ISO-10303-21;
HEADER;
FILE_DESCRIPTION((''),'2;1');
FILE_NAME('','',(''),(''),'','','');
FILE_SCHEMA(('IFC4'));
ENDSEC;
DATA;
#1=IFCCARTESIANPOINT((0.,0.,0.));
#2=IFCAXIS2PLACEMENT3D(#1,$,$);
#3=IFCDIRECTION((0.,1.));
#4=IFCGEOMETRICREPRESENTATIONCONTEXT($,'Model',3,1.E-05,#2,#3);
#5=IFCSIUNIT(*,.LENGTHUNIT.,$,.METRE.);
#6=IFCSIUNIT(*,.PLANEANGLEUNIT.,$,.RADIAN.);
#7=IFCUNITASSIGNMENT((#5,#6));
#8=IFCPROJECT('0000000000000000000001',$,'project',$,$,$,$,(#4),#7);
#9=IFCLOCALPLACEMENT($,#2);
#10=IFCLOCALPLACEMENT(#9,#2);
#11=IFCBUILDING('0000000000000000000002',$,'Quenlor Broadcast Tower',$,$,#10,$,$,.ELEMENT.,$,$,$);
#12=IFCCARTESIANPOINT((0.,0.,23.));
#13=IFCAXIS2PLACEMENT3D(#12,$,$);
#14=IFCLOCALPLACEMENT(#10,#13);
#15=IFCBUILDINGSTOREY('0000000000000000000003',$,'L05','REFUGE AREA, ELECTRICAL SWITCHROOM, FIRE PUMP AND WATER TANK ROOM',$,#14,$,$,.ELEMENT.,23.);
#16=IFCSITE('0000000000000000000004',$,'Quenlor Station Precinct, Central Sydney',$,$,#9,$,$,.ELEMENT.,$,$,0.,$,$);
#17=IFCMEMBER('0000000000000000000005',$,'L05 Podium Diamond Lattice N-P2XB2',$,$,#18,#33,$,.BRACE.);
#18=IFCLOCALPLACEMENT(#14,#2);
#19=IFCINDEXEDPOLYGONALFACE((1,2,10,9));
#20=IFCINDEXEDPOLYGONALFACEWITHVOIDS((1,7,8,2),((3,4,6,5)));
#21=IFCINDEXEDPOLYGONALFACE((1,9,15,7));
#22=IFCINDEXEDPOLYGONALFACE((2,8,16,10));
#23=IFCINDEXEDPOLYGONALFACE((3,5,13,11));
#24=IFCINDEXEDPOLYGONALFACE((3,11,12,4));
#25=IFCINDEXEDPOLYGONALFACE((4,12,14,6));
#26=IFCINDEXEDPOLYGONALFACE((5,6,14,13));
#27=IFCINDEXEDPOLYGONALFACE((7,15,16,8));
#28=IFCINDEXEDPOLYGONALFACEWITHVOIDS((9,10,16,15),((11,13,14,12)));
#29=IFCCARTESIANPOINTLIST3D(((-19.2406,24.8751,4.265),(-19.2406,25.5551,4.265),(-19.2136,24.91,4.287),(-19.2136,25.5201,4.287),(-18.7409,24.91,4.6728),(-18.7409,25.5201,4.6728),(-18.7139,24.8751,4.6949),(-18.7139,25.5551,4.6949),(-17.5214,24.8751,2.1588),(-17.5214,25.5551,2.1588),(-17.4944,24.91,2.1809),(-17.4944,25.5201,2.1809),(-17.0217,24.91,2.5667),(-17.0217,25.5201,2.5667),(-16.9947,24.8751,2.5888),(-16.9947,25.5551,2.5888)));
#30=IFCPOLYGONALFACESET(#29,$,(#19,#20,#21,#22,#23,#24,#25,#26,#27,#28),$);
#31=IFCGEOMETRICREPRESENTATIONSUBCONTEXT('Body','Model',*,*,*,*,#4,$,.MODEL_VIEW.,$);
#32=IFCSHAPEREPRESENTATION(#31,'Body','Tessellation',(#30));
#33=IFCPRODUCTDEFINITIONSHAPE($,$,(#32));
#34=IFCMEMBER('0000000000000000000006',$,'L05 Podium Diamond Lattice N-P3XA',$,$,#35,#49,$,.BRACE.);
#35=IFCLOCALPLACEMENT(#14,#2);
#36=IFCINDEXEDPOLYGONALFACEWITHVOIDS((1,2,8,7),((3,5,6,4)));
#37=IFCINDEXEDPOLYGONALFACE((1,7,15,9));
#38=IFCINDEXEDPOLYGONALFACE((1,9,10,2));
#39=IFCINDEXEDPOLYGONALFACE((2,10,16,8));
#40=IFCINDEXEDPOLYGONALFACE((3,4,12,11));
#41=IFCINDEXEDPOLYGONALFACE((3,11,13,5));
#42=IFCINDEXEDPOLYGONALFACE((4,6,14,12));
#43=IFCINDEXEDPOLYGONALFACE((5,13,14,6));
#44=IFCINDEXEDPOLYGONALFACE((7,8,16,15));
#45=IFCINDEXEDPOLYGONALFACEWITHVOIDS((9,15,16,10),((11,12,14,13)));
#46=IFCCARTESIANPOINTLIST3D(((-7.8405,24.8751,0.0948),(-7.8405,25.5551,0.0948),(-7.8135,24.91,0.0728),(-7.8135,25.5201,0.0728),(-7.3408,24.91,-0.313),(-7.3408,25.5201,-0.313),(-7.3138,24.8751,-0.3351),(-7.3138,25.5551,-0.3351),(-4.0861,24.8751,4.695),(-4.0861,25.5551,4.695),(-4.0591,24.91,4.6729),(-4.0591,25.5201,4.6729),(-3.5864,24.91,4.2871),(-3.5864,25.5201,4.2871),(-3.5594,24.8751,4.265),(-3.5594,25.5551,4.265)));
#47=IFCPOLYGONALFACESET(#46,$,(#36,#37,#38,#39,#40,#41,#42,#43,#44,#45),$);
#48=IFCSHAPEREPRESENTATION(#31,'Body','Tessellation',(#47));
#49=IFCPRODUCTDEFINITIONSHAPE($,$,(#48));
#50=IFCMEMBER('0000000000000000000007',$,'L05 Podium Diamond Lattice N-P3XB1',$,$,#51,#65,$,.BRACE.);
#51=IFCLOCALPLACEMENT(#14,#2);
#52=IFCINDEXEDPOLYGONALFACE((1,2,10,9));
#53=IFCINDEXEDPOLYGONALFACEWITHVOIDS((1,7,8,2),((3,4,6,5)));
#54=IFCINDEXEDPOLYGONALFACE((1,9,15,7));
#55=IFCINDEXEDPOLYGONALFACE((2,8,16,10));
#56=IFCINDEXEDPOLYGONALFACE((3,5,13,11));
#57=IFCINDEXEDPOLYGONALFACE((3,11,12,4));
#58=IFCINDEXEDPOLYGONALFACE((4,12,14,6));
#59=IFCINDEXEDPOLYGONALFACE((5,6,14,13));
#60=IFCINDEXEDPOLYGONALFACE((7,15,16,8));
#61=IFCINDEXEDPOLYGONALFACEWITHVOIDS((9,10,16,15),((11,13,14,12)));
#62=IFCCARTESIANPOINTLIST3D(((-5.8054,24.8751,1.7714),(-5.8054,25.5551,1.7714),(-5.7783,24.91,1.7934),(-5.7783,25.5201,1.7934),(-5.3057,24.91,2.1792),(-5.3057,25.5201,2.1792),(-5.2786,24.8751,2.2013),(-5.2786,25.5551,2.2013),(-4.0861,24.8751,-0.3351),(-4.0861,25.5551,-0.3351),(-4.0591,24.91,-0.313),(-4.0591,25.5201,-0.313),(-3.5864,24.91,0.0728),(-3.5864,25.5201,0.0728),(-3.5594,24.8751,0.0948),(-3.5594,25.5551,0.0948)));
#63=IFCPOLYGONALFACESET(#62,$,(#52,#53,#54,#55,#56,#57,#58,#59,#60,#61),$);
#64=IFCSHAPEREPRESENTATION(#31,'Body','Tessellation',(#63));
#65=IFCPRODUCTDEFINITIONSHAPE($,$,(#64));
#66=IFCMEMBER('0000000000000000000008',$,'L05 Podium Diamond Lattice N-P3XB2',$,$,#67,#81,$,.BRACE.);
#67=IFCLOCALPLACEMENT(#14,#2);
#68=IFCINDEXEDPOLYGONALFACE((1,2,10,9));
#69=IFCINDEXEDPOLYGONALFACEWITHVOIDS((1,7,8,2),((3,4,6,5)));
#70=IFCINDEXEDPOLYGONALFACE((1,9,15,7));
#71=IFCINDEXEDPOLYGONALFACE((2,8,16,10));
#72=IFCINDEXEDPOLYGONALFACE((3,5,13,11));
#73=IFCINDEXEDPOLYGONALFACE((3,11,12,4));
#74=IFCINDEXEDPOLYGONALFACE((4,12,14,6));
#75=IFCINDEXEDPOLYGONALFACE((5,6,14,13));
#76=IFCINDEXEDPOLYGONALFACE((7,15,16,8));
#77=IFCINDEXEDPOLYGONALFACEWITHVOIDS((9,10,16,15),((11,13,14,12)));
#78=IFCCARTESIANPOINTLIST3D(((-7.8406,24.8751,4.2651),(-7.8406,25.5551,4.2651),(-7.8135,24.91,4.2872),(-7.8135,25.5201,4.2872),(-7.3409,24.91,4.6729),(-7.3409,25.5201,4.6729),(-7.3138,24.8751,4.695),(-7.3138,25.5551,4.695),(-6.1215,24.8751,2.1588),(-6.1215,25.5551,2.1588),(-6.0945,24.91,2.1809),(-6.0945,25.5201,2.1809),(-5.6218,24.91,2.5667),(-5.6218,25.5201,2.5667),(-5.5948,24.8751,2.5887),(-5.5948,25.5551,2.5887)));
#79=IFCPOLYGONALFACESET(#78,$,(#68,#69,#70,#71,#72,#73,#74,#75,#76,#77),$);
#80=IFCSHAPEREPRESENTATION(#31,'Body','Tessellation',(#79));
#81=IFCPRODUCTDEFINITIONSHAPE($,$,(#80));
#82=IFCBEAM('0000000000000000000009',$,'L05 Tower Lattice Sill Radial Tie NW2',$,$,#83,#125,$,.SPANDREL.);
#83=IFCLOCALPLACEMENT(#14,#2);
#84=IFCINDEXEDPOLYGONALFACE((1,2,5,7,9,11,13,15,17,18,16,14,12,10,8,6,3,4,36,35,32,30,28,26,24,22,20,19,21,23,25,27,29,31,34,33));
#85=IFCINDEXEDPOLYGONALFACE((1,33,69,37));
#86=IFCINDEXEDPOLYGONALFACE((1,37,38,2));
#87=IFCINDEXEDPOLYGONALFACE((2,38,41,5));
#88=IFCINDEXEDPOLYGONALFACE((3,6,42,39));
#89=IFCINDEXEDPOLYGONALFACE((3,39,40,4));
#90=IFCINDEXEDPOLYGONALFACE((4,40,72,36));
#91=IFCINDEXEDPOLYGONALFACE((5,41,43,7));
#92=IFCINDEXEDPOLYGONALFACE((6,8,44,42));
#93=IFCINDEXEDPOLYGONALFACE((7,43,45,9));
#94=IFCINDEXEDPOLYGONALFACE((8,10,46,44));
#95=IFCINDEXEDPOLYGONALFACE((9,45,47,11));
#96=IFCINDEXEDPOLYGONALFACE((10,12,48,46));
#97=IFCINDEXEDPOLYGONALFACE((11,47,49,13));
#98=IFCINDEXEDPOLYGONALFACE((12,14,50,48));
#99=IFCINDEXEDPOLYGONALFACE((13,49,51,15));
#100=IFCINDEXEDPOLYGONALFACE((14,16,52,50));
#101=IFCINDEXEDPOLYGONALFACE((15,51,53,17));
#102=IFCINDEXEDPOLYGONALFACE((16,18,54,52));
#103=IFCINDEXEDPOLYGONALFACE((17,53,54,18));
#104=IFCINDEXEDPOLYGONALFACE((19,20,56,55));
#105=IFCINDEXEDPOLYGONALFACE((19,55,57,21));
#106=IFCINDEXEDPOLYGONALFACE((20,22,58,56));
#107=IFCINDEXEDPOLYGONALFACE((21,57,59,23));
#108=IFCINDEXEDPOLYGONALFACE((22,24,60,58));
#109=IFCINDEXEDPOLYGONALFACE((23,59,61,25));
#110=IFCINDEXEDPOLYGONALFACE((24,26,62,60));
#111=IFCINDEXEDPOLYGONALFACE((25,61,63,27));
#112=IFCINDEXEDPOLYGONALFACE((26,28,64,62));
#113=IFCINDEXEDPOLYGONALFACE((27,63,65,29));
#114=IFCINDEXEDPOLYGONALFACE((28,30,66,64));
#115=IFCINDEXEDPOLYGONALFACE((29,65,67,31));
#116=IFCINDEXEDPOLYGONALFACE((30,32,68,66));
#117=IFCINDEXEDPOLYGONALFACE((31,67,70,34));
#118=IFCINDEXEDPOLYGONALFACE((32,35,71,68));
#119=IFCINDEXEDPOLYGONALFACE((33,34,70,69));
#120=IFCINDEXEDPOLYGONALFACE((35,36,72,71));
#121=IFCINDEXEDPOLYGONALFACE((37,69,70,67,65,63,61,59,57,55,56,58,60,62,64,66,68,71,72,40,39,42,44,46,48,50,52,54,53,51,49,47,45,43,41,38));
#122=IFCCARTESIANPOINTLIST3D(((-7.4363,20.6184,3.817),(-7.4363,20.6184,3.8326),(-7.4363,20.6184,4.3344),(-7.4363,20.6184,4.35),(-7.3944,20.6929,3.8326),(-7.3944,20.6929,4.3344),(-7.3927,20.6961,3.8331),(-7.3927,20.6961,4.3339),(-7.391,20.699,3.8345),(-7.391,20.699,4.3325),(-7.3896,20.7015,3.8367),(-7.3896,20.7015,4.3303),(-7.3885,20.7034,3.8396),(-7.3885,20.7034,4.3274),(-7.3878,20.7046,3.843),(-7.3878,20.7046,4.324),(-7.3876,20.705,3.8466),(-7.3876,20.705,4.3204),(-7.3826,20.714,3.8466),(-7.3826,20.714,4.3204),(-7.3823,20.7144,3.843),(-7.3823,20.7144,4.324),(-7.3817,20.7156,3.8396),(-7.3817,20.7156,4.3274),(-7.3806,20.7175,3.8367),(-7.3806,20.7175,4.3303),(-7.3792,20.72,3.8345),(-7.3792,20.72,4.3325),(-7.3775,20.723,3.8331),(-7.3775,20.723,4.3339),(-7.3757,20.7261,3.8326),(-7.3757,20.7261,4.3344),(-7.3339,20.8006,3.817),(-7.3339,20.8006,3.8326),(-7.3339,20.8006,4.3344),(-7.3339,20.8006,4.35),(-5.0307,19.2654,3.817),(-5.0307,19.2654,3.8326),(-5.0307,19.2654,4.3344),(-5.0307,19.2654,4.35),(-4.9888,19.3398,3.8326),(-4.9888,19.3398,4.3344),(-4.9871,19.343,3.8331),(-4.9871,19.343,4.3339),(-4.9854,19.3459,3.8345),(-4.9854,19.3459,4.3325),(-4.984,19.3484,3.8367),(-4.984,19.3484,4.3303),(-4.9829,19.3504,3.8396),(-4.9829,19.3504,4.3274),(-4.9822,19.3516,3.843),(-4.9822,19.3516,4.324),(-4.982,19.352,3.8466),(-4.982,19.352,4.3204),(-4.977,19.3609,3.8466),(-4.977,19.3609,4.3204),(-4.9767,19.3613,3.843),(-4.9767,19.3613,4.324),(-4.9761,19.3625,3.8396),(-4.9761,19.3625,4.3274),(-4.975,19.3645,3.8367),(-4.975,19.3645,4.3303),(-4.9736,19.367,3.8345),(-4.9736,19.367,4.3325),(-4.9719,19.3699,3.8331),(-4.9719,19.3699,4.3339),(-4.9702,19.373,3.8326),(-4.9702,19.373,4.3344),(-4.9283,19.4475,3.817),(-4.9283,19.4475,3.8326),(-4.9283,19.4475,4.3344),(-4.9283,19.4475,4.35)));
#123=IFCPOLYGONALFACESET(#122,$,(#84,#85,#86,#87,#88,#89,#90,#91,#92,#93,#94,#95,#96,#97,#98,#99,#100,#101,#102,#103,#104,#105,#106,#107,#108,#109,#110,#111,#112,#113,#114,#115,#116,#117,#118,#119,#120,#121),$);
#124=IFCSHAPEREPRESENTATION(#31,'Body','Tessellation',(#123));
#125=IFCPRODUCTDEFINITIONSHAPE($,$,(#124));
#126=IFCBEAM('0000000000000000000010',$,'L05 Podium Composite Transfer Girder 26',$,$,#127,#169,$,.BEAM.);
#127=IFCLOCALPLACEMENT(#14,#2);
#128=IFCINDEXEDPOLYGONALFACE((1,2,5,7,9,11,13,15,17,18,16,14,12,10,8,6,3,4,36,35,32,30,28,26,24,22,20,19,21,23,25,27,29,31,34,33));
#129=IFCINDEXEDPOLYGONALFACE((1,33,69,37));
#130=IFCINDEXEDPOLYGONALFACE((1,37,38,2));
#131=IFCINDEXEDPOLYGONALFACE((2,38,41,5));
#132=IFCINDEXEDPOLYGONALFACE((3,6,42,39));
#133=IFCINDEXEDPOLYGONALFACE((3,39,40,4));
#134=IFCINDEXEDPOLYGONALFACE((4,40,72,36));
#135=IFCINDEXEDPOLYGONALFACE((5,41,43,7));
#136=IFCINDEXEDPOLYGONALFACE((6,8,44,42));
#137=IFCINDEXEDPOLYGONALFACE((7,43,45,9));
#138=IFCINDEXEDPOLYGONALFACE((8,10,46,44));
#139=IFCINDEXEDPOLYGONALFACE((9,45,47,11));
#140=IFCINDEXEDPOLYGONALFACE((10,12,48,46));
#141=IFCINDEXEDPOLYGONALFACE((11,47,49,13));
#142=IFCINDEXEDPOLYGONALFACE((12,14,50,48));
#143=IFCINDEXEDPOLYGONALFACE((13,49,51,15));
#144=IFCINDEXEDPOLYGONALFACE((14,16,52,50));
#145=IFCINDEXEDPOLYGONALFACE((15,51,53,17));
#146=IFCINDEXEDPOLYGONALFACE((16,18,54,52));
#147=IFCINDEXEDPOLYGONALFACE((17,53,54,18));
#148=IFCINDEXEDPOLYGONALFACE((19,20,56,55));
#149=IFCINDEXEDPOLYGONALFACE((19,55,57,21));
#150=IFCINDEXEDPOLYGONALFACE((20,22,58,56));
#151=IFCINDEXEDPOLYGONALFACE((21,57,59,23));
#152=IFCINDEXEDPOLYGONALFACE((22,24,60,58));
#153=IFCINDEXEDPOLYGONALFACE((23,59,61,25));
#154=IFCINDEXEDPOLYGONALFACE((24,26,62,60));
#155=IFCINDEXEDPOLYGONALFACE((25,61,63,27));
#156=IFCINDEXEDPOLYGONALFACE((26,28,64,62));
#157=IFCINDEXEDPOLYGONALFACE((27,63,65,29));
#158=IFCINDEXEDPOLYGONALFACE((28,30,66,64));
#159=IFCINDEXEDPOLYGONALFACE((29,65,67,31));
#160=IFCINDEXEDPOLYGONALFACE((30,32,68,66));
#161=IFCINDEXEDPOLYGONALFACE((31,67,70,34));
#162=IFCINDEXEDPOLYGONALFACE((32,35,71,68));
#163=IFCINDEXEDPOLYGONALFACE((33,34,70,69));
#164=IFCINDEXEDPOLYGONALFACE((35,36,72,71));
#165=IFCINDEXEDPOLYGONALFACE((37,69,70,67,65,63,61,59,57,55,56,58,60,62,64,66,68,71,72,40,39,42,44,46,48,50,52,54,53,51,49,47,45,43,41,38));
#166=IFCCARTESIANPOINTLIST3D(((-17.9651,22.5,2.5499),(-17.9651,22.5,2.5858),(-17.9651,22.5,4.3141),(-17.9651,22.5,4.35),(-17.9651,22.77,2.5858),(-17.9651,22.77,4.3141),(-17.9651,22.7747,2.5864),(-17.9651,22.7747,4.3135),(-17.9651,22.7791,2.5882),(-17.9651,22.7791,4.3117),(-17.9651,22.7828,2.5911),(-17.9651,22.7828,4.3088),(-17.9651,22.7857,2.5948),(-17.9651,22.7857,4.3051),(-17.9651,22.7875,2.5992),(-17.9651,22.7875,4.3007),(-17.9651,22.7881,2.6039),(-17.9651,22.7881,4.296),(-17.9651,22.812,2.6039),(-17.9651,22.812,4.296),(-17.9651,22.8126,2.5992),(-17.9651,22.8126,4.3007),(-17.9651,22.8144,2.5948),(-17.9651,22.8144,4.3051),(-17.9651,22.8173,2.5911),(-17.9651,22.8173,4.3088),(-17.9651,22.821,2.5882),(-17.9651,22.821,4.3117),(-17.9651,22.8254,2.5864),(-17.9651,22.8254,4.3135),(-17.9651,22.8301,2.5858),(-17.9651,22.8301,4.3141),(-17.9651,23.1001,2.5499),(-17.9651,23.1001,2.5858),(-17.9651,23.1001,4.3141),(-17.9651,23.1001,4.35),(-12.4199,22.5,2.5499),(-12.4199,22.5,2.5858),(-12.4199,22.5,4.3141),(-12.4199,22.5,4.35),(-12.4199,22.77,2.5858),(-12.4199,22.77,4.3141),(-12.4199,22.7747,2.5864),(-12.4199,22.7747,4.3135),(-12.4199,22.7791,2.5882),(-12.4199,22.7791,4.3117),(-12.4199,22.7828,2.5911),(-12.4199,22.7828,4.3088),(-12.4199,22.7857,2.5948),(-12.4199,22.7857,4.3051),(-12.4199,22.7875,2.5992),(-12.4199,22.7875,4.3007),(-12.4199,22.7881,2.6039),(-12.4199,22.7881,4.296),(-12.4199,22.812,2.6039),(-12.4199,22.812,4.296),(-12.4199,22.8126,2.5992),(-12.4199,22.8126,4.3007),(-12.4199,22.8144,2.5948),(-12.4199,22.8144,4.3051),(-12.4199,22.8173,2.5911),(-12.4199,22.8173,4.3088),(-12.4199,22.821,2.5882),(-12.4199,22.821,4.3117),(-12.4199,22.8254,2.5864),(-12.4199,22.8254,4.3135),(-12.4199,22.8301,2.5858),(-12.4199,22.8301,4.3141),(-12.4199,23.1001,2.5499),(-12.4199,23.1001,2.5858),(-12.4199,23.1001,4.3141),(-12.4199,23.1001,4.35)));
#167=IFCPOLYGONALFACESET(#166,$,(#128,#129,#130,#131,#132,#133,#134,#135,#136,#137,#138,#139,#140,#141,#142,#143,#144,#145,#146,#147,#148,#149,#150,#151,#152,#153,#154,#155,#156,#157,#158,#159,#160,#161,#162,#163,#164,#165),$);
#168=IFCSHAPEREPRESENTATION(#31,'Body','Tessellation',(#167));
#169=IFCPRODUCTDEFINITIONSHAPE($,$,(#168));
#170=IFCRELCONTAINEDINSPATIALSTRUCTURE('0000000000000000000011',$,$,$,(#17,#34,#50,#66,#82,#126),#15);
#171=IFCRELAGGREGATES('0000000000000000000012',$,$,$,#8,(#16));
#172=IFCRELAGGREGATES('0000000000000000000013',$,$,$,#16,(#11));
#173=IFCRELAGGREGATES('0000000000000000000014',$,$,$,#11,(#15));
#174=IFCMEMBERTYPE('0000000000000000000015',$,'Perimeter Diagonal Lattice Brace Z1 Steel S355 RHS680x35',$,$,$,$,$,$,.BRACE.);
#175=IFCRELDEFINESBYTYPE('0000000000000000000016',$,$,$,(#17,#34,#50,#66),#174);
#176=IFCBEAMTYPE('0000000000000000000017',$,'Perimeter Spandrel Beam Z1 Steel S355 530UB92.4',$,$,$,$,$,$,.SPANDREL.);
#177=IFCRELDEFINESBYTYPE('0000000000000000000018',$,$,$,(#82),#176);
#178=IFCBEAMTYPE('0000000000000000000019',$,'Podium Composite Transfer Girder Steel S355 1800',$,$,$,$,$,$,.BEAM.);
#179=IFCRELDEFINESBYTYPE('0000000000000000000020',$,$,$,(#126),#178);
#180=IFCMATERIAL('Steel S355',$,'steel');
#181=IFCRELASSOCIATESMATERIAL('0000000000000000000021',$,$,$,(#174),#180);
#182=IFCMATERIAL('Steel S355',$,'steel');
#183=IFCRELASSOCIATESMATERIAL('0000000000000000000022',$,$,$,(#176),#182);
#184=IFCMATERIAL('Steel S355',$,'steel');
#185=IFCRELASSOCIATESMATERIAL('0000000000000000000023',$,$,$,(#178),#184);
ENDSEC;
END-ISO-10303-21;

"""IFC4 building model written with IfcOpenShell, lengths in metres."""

from ifc_helpers import new_model, si_unit, direction, frame, origin, origin_2d, place, context, subcontext, project, spatial, hollow_rectangle, i_section, extrude, material, material_profile, profile_set, type_object, element, save


model = new_model("IFC4")

# Units and contexts
model_context = context("Model", 3, precision=1e-05, world=origin(), true_north=direction((0.0, 1.0)))
body_context = subcontext(model_context, "Body", "Model", "MODEL_VIEW")
ifc_project = project(units=[si_unit("LENGTHUNIT", "METRE"), si_unit("PLANEANGLEUNIT", "RADIAN")], contexts=[model_context])

# Site, building, storey
site_placement = place(None, origin())
site = spatial("IfcSite", under=ifc_project, at=site_placement, Name="Quenlor Station Precinct, Central Sydney", CompositionType="ELEMENT", RefElevation=0.0)
building_placement = place(site_placement, origin())
building = spatial("IfcBuilding", under=site, at=building_placement, Name="Quenlor Broadcast Tower", CompositionType="ELEMENT")
storey_placement = place(building_placement, frame((0.0, 0.0, 23.0)))
storey = spatial("IfcBuildingStorey", under=building, at=storey_placement, Name="L05", Description="REFUGE AREA, ELECTRICAL SWITCHROOM, FIRE PUMP AND WATER TANK ROOM", CompositionType="ELEMENT", Elevation=23.0)

# Members
ifc_material_1 = material(Name="Steel S355", Category="steel")
ifc_material_profile_1 = material_profile(ifc_material_1, hollow_rectangle(XDim=0.6799, YDim=0.6799, WallThickness=0.0349, at=origin_2d()))
ifc_profile_set_1 = profile_set([ifc_material_profile_1], Name="Steel S355 RHS680x680x35")
member_type_1 = type_object("IfcMemberType", Name="Perimeter Diagonal Lattice Brace Z1 Steel S355 RHS680x35", PredefinedType="BRACE", material=ifc_profile_set_1)
for number, where, z_axis, x_axis, name in (
    (1, (-17.2581, 25.2151, 2.3738), (-0.632352, 0.0, 0.774681), (0.0, -1.0, 0.0), "L05 Podium Diamond Lattice N-P2XB2"),
):
    element("IfcMember", number, at=place(storey_placement, frame(where, z_axis=z_axis, x_axis=x_axis)), inside=storey, type_object=member_type_1, Name=name, PredefinedType="BRACE", context=body_context, shape_type="SweptSolid", body=[
        extrude(hollow_rectangle(XDim=0.6799, YDim=0.6799, WallThickness=0.0349, at=origin_2d()), origin(), (0.0, 0.0, 1.0), 2.7188),
    ])
member_1_placement = place(storey_placement, frame((-7.5771, 25.2151, -0.1201), z_axis=(0.632297, 0.0, 0.774726), x_axis=(0.0, 1.0, 0.0)))
element("IfcMember", 2, at=member_1_placement, inside=storey, type_object=member_type_1, Name="L05 Podium Diamond Lattice N-P3XA", PredefinedType="BRACE", context=body_context, shape_type="SweptSolid", body=[
    extrude(hollow_rectangle(XDim=0.6799, YDim=0.6799, WallThickness=0.0349, at=origin_2d()), origin(), (0.0, 0.0, 1.0), 5.9377),
])
member_2_placement = place(storey_placement, frame((-3.8228, 25.2151, -0.1201), z_axis=(-0.632308, 0.0, 0.774717), x_axis=(0.0, -1.0, 0.0)))
element("IfcMember", 3, at=member_2_placement, inside=storey, type_object=member_type_1, Name="L05 Podium Diamond Lattice N-P3XB1", PredefinedType="BRACE", context=body_context, shape_type="SweptSolid", body=[
    extrude(hollow_rectangle(XDim=0.6799, YDim=0.6799, WallThickness=0.0349, at=origin_2d()), origin(), (0.0, 0.0, 1.0), 2.719),
])
member_3_placement = place(storey_placement, frame((-5.8582, 25.2151, 2.3738), z_axis=(-0.632298, 0.0, 0.774725), x_axis=(0.0, -1.0, 0.0)))
element("IfcMember", 4, at=member_3_placement, inside=storey, type_object=member_type_1, Name="L05 Podium Diamond Lattice N-P3XB2", PredefinedType="BRACE", context=body_context, shape_type="SweptSolid", body=[
    extrude(hollow_rectangle(XDim=0.6799, YDim=0.6799, WallThickness=0.0349, at=origin_2d()), origin(), (0.0, 0.0, 1.0), 2.7188),
])

# Beams
ifc_material_2 = material(Name="Steel S355", Category="steel")
ifc_material_profile_2 = material_profile(ifc_material_2, i_section(OverallWidth=0.209, OverallDepth=0.533, WebThickness=0.0103, FlangeThickness=0.0156, FilletRadius=0.0139, at=origin_2d()))
ifc_profile_set_2 = profile_set([ifc_material_profile_2], Name="Steel S355 530UB92.4")
beam_type_1 = type_object("IfcBeamType", Name="Perimeter Spandrel Beam Z1 Steel S355 530UB92.4", PredefinedType="SPANDREL", material=ifc_profile_set_2)
beam_1_placement = place(storey_placement, frame((-4.9795, 19.3564, 4.0835), z_axis=(-0.871587, 0.49024, 0.0), x_axis=(-0.49024, -0.871587, 0.0)))
element("IfcBeam", 5, at=beam_1_placement, inside=storey, type_object=beam_type_1, Name="L05 Tower Lattice Sill Radial Tie NW2", PredefinedType="SPANDREL", context=body_context, shape_type="SweptSolid", body=[
    extrude(i_section(OverallWidth=0.209, OverallDepth=0.533, WebThickness=0.0103, FlangeThickness=0.0156, FilletRadius=0.0139, at=origin_2d()), origin(), (0.0, 0.0, 1.0), 2.76),
])
ifc_material_3 = material(Name="Steel S355", Category="steel")
ifc_material_profile_3 = material_profile(ifc_material_3, i_section(OverallWidth=0.6001, OverallDepth=1.8, WebThickness=0.0239, FlangeThickness=0.0359, FilletRadius=0.0181, at=origin_2d()))
ifc_profile_set_3 = profile_set([ifc_material_profile_3], Name="Steel S355 1800TG620")
beam_type_2 = type_object("IfcBeamType", Name="Podium Composite Transfer Girder Steel S355 1800", PredefinedType="BEAM", material=ifc_profile_set_3)
beam_2_placement = place(storey_placement, frame((-17.9651, 22.8, 3.45), z_axis=(1.0, 0.0, 0.0), x_axis=(0.0, 1.0, 0.0)))
element("IfcBeam", 6, at=beam_2_placement, inside=storey, type_object=beam_type_2, Name="L05 Podium Composite Transfer Girder 26", PredefinedType="BEAM", context=body_context, shape_type="SweptSolid", body=[
    extrude(i_section(OverallWidth=0.6001, OverallDepth=1.8, WebThickness=0.0239, FlangeThickness=0.0359, FilletRadius=0.0181, at=origin_2d()), origin(), (0.0, 0.0, 1.0), 5.5452),
])

save(model, "model.ifc")
